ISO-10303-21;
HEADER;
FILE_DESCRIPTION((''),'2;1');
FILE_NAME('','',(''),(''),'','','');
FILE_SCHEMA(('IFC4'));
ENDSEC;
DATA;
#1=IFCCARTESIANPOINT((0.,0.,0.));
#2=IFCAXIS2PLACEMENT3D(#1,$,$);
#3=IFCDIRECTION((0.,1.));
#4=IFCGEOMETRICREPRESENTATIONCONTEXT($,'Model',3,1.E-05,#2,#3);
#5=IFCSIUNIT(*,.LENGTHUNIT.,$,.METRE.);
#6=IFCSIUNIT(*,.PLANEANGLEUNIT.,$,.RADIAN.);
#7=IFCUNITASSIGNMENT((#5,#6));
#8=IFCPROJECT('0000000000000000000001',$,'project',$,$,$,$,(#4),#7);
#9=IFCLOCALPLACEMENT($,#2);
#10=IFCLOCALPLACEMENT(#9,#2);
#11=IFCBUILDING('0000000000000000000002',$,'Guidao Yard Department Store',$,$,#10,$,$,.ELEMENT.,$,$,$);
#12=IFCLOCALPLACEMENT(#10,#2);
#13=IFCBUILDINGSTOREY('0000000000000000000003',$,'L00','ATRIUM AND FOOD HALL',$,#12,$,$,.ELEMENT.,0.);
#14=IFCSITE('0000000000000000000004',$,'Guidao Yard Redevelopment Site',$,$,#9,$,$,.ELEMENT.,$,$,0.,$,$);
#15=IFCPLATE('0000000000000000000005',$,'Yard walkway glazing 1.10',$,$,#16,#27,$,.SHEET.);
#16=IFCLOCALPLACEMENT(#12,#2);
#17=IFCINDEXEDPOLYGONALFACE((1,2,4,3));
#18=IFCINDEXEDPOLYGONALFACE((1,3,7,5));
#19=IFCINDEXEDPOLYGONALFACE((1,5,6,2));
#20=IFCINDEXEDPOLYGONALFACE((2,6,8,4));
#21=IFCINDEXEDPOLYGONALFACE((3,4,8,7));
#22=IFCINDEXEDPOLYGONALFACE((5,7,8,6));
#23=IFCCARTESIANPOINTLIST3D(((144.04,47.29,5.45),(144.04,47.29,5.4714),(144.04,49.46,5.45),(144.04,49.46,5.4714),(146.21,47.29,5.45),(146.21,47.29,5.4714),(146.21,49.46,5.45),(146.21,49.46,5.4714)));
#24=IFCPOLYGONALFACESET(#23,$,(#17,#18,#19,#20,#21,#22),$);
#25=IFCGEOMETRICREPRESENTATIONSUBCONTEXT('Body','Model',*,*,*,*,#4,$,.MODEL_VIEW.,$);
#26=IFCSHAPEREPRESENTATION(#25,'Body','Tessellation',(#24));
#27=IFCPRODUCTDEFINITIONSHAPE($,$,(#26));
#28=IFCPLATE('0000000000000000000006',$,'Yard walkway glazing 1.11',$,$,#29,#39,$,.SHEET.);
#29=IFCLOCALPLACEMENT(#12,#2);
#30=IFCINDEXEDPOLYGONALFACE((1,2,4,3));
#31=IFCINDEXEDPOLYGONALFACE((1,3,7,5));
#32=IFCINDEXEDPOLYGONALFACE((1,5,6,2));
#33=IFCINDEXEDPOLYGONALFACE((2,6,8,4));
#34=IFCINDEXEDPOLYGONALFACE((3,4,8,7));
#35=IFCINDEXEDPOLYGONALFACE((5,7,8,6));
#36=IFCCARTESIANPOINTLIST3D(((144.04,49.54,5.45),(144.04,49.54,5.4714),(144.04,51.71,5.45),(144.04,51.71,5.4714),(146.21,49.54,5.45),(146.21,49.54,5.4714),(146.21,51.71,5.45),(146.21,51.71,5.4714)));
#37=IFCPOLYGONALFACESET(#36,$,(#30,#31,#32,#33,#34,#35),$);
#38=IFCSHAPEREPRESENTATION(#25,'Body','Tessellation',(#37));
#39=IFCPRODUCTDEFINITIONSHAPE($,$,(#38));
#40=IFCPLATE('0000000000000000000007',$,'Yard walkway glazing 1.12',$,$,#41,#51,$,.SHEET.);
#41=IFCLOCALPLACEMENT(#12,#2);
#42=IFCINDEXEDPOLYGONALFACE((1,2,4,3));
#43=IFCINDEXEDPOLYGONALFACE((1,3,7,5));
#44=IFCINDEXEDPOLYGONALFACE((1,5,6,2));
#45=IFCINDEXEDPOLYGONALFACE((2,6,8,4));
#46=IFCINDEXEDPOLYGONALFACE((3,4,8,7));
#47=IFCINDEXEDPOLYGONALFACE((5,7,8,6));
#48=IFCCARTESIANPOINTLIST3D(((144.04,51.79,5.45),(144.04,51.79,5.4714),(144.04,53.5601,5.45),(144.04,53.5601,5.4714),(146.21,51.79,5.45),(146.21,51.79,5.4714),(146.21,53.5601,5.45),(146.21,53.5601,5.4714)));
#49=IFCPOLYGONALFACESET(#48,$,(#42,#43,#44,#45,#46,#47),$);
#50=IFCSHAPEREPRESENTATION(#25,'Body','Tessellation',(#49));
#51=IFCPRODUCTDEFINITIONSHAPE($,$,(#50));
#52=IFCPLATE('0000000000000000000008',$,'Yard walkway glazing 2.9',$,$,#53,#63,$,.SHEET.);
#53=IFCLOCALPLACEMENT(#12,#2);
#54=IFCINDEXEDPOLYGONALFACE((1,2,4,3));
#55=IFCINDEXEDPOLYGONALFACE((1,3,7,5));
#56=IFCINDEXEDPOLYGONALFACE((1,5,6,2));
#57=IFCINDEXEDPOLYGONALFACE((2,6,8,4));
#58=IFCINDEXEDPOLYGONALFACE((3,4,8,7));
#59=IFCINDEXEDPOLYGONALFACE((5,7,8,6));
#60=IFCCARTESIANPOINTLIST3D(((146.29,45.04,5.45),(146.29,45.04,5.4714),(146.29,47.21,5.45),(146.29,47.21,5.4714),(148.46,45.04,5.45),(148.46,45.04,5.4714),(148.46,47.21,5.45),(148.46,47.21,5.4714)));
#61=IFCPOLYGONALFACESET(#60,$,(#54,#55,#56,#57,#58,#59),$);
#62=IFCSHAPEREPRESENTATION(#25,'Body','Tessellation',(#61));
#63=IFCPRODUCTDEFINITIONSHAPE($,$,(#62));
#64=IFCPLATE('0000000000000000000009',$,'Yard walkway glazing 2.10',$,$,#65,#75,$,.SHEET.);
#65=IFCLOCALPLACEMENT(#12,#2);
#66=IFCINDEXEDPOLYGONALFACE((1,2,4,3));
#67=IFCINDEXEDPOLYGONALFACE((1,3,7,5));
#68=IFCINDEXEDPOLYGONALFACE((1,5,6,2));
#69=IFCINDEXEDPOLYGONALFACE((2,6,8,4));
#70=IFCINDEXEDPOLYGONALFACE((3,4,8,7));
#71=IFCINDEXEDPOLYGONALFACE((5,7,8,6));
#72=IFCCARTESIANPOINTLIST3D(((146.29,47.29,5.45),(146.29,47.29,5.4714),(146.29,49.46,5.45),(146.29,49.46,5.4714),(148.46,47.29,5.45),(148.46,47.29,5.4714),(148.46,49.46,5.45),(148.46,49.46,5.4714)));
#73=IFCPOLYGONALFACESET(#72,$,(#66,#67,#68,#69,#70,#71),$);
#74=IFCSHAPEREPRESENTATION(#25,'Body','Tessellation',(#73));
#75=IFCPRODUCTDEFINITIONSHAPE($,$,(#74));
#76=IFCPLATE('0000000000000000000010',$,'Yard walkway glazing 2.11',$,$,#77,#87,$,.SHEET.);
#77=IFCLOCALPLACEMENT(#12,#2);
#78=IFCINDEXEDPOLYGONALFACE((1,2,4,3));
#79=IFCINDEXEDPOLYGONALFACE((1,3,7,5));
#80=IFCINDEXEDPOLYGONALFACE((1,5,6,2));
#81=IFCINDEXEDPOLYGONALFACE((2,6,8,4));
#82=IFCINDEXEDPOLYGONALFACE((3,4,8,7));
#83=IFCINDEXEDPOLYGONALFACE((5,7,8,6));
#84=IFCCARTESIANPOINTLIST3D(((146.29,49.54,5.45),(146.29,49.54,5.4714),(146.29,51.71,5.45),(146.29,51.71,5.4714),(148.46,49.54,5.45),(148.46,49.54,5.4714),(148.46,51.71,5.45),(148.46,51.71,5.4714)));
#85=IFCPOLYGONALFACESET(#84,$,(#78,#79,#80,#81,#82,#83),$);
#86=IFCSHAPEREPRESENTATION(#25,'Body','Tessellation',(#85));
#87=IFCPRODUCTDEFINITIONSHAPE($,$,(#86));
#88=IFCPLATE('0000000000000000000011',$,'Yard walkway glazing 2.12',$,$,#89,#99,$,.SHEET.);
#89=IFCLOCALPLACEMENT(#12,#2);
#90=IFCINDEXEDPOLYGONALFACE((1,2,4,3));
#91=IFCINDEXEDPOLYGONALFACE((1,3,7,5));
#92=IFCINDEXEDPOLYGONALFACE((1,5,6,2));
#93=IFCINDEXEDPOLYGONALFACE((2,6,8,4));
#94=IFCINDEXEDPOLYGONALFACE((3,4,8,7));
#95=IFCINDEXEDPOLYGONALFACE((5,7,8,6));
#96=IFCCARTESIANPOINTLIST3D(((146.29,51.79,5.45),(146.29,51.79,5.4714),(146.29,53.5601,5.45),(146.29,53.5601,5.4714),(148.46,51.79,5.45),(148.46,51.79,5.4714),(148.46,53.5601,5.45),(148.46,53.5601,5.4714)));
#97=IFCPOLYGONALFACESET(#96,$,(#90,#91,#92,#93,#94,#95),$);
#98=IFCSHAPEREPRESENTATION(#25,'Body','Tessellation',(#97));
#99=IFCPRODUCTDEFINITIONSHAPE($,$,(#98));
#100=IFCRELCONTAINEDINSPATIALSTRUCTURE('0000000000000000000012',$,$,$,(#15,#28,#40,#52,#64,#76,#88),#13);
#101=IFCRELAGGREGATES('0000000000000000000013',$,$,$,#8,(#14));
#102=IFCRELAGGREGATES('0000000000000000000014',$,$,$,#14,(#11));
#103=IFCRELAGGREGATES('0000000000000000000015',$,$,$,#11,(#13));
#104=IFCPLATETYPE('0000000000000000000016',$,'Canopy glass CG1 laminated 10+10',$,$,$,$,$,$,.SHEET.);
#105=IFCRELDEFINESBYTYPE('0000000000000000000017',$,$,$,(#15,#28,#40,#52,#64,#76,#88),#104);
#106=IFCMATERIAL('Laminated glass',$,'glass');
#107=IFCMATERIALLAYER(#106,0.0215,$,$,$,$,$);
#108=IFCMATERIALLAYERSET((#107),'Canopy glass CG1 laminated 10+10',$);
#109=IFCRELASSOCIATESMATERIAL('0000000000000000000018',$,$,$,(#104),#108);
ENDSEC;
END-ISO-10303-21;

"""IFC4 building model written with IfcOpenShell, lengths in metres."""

from ifc_helpers import new_model, si_unit, direction, frame, origin, origin_2d, place, context, subcontext, project, spatial, rectangle, extrude, material, layer, layer_set, type_object, element, save


model = new_model("IFC4")

# Units and contexts
model_context = context("Model", 3, precision=1e-05, world=origin(), true_north=direction((0.0, 1.0)))
body_context = subcontext(model_context, "Body", "Model", "MODEL_VIEW")
ifc_project = project(units=[si_unit("LENGTHUNIT", "METRE"), si_unit("PLANEANGLEUNIT", "RADIAN")], contexts=[model_context])

# Site, building, storey
site_placement = place(None, origin())
site = spatial("IfcSite", under=ifc_project, at=site_placement, Name="Guidao Yard Redevelopment Site", CompositionType="ELEMENT", RefElevation=0.0)
building_placement = place(site_placement, origin())
building = spatial("IfcBuilding", under=site, at=building_placement, Name="Guidao Yard Department Store", CompositionType="ELEMENT")
storey_placement = place(building_placement, origin())
storey = spatial("IfcBuildingStorey", under=building, at=storey_placement, Name="L00", Description="ATRIUM AND FOOD HALL", CompositionType="ELEMENT", Elevation=0.0)

# Plates
ifc_material_1 = material(Name="Laminated glass", Category="glass")
ifc_layer = layer(ifc_material_1, 0.0215)
ifc_layer_set = layer_set([ifc_layer], Name="Canopy glass CG1 laminated 10+10")
plate_type = type_object("IfcPlateType", Name="Canopy glass CG1 laminated 10+10", PredefinedType="SHEET", material=ifc_layer_set)
for number, where, z_axis, x_axis, name in (
    (1, (145.125, 48.375, 5.45), (0.0, 0.0, 1.0), (1.0, 0.0, 0.0), "Yard walkway glazing 1.10"),
    (2, (145.125, 50.625, 5.45), (0.0, 0.0, 1.0), (1.0, 0.0, 0.0), "Yard walkway glazing 1.11"),
):
    element("IfcPlate", number, at=place(storey_placement, frame(where, z_axis=z_axis, x_axis=x_axis)), inside=storey, type_object=plate_type, Name=name, PredefinedType="SHEET", context=body_context, shape_type="SweptSolid", body=[
        extrude(rectangle(XDim=2.1699, YDim=2.1699, at=origin_2d()), origin(), (0.0, 0.0, 1.0), 0.0215),
    ])
plate_1_placement = place(storey_placement, frame((145.125, 52.675, 5.45), z_axis=(0.0, 0.0, 1.0), x_axis=(1.0, 0.0, 0.0)))
element("IfcPlate", 3, at=plate_1_placement, inside=storey, type_object=plate_type, Name="Yard walkway glazing 1.12", PredefinedType="SHEET", context=body_context, shape_type="SweptSolid", body=[
    extrude(rectangle(XDim=2.1699, YDim=1.77, at=origin_2d()), origin(), (0.0, 0.0, 1.0), 0.0215),
])
for number, where, z_axis, x_axis, name in (
    (4, (147.375, 46.125, 5.45), (0.0, 0.0, 1.0), (1.0, 0.0, 0.0), "Yard walkway glazing 2.9"),
    (5, (147.375, 48.375, 5.45), (0.0, 0.0, 1.0), (1.0, 0.0, 0.0), "Yard walkway glazing 2.10"),
    (6, (147.375, 50.625, 5.45), (0.0, 0.0, 1.0), (1.0, 0.0, 0.0), "Yard walkway glazing 2.11"),
):
    element("IfcPlate", number, at=place(storey_placement, frame(where, z_axis=z_axis, x_axis=x_axis)), inside=storey, type_object=plate_type, Name=name, PredefinedType="SHEET", context=body_context, shape_type="SweptSolid", body=[
        extrude(rectangle(XDim=2.1699, YDim=2.1699, at=origin_2d()), origin(), (0.0, 0.0, 1.0), 0.0215),
    ])
plate_2_placement = place(storey_placement, frame((147.375, 52.675, 5.45), z_axis=(0.0, 0.0, 1.0), x_axis=(1.0, 0.0, 0.0)))
element("IfcPlate", 7, at=plate_2_placement, inside=storey, type_object=plate_type, Name="Yard walkway glazing 2.12", PredefinedType="SHEET", context=body_context, shape_type="SweptSolid", body=[
    extrude(rectangle(XDim=2.1699, YDim=1.77, at=origin_2d()), origin(), (0.0, 0.0, 1.0), 0.0215),
])

save(model, "model.ifc")
